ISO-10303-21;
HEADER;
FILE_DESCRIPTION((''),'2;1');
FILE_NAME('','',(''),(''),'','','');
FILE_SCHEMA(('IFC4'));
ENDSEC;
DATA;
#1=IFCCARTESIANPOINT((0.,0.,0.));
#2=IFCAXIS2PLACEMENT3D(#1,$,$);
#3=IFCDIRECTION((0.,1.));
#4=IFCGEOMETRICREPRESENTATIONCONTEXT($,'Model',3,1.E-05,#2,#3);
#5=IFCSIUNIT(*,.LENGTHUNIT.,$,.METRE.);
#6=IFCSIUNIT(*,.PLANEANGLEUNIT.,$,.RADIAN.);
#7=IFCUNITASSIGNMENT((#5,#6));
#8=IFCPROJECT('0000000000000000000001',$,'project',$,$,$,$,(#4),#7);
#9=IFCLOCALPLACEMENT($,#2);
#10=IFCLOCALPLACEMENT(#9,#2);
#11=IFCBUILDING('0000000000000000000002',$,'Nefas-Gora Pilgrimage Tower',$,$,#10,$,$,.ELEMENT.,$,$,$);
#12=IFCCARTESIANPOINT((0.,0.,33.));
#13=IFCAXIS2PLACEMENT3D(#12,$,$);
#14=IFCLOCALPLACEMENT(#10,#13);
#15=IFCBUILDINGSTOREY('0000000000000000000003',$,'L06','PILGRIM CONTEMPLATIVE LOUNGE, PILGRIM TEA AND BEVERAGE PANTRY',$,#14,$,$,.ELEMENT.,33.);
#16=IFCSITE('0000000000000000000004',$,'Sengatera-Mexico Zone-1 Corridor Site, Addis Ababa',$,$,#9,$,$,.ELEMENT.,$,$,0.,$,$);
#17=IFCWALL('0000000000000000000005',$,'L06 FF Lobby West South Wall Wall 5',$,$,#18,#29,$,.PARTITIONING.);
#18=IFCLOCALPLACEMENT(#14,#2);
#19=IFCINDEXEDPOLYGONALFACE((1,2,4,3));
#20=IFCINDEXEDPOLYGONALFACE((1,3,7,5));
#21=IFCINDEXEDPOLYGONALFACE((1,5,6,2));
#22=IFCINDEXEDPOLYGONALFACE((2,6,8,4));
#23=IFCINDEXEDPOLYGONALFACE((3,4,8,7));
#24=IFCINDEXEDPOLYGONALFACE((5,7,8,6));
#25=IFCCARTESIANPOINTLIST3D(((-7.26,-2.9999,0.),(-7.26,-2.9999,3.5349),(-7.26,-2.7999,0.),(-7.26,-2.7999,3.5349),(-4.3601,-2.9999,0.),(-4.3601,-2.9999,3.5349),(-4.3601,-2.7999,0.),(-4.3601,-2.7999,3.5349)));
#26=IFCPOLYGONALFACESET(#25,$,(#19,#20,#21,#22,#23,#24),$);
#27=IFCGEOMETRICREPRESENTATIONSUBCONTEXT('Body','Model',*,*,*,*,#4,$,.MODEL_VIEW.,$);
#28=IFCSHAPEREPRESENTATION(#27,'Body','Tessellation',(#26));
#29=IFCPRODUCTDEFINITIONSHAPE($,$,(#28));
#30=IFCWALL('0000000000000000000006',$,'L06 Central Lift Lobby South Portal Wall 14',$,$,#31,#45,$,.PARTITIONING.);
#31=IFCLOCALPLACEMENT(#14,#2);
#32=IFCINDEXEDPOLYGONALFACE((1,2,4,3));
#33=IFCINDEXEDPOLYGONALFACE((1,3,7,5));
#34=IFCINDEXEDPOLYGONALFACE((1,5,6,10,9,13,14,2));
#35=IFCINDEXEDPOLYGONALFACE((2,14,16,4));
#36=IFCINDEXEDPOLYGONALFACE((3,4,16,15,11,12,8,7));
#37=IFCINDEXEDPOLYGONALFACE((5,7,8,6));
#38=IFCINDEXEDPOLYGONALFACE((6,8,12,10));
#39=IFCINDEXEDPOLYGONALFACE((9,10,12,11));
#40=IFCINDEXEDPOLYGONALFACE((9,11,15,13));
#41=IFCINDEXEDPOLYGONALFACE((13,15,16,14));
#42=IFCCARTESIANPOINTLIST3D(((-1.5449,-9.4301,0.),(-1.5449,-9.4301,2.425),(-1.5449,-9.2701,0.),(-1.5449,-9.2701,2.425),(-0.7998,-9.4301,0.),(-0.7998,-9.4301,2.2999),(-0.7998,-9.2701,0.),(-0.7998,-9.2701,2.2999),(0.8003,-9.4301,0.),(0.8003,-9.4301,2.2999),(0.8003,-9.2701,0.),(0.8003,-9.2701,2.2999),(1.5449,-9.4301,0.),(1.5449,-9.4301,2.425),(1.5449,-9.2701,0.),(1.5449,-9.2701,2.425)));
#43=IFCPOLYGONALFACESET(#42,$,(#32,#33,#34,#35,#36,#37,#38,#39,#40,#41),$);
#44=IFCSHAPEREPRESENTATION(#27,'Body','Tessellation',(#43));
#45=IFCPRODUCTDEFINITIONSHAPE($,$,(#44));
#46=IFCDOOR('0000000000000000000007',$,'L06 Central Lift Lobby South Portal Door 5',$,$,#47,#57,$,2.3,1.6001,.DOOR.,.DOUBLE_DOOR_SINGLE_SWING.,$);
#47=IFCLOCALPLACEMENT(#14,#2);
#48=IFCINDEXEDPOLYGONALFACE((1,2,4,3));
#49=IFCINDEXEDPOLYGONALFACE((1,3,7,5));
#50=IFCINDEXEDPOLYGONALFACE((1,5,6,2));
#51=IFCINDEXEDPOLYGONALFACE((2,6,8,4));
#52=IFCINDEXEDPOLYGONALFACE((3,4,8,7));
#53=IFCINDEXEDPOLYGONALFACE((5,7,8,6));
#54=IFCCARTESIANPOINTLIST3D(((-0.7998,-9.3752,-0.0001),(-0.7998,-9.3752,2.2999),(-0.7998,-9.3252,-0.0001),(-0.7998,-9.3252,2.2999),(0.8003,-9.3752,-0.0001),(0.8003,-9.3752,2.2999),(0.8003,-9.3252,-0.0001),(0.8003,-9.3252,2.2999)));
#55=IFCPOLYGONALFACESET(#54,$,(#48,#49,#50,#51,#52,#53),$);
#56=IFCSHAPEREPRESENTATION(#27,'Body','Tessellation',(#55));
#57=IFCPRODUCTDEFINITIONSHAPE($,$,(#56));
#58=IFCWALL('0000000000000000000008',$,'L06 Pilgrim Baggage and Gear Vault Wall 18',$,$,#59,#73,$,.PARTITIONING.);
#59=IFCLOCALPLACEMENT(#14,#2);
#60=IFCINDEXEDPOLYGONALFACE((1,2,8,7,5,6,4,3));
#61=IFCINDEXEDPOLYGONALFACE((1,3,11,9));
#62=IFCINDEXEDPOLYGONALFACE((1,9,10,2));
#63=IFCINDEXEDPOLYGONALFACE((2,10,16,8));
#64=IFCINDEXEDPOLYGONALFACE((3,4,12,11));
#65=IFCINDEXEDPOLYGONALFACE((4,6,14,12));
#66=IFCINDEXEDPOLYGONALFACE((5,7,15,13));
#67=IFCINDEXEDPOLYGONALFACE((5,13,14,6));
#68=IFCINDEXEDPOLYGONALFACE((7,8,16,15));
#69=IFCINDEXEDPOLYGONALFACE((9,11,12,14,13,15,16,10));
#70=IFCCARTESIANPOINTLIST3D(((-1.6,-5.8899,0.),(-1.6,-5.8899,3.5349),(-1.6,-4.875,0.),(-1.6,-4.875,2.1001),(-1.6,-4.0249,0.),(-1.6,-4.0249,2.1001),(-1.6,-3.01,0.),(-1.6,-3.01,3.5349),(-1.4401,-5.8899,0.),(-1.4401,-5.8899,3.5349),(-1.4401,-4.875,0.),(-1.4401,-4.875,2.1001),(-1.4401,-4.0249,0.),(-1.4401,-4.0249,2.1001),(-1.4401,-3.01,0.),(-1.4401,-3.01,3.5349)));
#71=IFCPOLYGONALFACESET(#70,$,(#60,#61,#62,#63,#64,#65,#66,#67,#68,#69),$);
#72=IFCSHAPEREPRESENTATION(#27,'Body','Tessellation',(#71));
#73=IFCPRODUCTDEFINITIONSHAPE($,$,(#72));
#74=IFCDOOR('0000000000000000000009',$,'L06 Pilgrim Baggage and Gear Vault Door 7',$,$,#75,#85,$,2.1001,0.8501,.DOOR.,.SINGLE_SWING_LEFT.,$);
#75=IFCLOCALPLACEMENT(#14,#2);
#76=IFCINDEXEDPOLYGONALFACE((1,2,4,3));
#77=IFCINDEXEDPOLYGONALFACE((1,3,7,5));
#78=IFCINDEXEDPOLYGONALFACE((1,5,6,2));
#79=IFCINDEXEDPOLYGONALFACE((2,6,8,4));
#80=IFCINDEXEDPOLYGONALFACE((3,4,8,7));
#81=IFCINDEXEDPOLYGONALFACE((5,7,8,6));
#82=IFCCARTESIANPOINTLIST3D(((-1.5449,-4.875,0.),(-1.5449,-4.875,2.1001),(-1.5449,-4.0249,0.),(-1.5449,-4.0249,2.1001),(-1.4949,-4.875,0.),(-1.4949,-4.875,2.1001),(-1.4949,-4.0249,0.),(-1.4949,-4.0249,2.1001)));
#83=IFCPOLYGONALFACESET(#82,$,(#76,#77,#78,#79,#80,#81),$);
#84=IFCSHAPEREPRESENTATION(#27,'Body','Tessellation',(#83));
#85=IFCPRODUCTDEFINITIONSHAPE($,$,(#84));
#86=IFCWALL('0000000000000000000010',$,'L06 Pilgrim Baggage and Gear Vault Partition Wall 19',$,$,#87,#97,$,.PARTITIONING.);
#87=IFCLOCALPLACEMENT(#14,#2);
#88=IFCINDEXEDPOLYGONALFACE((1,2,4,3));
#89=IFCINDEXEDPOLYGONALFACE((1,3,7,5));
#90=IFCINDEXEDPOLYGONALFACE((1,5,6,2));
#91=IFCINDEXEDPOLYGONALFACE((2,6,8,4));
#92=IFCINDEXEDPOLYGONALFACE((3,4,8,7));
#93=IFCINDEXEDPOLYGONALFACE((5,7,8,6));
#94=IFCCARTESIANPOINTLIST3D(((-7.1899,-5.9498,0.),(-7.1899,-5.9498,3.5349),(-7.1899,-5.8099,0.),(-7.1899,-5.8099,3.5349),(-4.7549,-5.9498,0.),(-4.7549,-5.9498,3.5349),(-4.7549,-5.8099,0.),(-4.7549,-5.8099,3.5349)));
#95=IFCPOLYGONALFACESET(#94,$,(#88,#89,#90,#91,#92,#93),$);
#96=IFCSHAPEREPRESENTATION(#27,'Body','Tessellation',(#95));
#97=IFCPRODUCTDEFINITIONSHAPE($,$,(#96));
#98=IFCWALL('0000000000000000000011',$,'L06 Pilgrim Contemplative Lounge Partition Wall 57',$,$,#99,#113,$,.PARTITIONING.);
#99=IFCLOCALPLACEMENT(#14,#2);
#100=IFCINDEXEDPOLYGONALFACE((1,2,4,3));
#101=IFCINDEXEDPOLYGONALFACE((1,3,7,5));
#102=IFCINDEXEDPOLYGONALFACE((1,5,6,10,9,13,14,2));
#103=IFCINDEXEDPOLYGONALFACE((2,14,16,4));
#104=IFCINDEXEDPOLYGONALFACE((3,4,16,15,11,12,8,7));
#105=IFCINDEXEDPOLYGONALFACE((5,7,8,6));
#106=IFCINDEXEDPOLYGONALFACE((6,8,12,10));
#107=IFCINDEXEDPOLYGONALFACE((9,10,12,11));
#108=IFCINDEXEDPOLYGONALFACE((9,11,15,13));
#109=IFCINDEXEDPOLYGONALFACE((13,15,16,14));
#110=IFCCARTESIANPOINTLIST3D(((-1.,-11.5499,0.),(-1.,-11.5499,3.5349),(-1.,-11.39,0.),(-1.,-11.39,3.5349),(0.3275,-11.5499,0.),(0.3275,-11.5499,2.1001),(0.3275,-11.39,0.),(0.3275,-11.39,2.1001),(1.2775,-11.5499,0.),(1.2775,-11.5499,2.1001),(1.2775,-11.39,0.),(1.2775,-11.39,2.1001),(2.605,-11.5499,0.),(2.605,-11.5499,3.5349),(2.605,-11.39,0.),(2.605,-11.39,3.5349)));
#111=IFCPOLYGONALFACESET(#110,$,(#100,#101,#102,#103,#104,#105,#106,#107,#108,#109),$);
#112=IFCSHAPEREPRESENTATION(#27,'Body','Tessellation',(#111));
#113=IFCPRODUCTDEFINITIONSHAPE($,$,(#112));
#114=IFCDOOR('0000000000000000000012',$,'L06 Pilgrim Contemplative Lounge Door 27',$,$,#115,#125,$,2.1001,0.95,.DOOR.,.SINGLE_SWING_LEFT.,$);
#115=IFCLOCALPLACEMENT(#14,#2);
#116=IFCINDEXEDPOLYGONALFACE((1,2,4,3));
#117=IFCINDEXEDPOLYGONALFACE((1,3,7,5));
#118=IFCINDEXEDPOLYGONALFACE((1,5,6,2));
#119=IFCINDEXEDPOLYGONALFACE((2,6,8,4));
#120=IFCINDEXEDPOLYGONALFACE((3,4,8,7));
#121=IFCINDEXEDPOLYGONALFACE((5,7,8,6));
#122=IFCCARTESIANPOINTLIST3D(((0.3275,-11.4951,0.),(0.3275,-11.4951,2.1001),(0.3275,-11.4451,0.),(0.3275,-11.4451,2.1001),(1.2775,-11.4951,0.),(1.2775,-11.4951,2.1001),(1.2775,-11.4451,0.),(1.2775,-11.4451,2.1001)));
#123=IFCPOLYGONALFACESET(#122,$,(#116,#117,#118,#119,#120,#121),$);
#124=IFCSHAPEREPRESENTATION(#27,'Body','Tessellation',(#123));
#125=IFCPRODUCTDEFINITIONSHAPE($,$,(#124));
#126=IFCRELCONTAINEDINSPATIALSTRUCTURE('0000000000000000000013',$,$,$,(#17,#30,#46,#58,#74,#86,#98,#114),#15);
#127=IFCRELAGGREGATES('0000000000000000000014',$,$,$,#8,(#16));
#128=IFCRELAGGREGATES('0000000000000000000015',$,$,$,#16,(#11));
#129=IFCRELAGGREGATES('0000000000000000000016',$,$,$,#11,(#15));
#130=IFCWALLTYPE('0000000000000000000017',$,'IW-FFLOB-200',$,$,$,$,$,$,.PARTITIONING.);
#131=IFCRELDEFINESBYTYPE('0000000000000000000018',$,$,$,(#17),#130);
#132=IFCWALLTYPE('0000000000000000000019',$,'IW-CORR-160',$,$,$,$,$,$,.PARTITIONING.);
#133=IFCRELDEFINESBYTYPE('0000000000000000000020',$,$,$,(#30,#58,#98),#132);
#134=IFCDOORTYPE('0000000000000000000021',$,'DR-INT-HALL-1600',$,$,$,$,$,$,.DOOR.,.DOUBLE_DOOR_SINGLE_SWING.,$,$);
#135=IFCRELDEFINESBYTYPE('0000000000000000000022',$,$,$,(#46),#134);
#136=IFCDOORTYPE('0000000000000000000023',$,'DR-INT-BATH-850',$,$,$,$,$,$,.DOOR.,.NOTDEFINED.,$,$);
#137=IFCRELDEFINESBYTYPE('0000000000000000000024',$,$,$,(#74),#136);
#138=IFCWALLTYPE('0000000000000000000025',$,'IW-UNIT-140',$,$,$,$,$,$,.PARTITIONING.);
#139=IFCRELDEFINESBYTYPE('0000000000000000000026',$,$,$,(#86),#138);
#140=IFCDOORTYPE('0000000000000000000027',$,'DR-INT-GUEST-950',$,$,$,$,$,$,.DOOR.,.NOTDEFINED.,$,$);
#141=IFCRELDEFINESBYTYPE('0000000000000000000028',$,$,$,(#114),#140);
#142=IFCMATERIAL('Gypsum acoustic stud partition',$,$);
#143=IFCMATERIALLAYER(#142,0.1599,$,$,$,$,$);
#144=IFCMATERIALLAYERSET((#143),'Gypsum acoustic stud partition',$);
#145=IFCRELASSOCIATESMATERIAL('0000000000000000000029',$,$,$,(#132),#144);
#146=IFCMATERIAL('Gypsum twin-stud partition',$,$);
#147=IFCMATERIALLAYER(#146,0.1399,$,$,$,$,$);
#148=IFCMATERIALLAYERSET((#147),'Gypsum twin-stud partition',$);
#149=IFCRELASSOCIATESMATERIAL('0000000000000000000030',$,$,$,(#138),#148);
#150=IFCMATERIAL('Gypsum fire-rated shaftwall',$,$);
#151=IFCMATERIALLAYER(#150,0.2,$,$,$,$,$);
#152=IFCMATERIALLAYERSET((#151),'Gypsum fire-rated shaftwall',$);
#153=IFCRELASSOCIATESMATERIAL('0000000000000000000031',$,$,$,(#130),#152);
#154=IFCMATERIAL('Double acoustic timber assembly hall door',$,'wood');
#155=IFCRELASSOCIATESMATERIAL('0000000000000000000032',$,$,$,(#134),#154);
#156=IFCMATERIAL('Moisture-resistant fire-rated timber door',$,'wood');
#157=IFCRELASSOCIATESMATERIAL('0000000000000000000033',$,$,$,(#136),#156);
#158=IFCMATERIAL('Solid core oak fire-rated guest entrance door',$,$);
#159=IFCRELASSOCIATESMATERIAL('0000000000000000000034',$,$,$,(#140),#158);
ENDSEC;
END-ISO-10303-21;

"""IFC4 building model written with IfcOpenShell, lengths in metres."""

from ifc_helpers import new_model, si_unit, direction, frame, frame_2d, origin, place, context, subcontext, project, spatial, rectangle, extrude, source, transform, mapped, material, layer, layer_set, type_object, element, fill, save


model = new_model("IFC4")

# Units and contexts
model_context = context("Model", 3, precision=1e-05, world=origin(), true_north=direction((0.0, 1.0)))
body_context = subcontext(model_context, "Body", "Model", "MODEL_VIEW")
ifc_project = project(units=[si_unit("LENGTHUNIT", "METRE"), si_unit("PLANEANGLEUNIT", "RADIAN")], contexts=[model_context])

# Site, building, storey
site_placement = place(None, origin())
site = spatial("IfcSite", under=ifc_project, at=site_placement, Name="Sengatera-Mexico Zone-1 Corridor Site, Addis Ababa", CompositionType="ELEMENT", RefElevation=0.0)
building_placement = place(site_placement, origin())
building = spatial("IfcBuilding", under=site, at=building_placement, Name="Nefas-Gora Pilgrimage Tower", CompositionType="ELEMENT")
storey_placement = place(building_placement, frame((0.0, 0.0, 33.0)))
storey = spatial("IfcBuildingStorey", under=building, at=storey_placement, Name="L06", Description="PILGRIM CONTEMPLATIVE LOUNGE, PILGRIM TEA AND BEVERAGE PANTRY", CompositionType="ELEMENT", Elevation=33.0)

# Wall
ifc_material_1 = material(Name="Gypsum acoustic stud partition")
ifc_layer_1 = layer(ifc_material_1, 0.1599)
ifc_layer_set_1 = layer_set([ifc_layer_1], Name="Gypsum acoustic stud partition")
wall_type_1 = type_object("IfcWallType", Name="IW-CORR-160", PredefinedType="PARTITIONING", material=ifc_layer_set_1)
ifc_material_2 = material(Name="Gypsum twin-stud partition")
ifc_layer_2 = layer(ifc_material_2, 0.1399)
ifc_layer_set_2 = layer_set([ifc_layer_2], Name="Gypsum twin-stud partition")
wall_type_2 = type_object("IfcWallType", Name="IW-UNIT-140", PredefinedType="PARTITIONING", material=ifc_layer_set_2)
ifc_material_3 = material(Name="Gypsum fire-rated shaftwall")
ifc_layer_3 = layer(ifc_material_3, 0.2)
ifc_layer_set_3 = layer_set([ifc_layer_3], Name="Gypsum fire-rated shaftwall")
wall_type_3 = type_object("IfcWallType", Name="IW-FFLOB-200", PredefinedType="PARTITIONING", material=ifc_layer_set_3)
shared_shape_1 = source(origin(), body_context, "Body", "SweptSolid", [
    extrude(rectangle(XDim=2.8999, YDim=0.2, at=frame_2d((1.45, 0.0))), origin(), (0.0, 0.0, 1.0), 3.5349),
])
wall_1_placement = place(storey_placement, frame((-7.26, -2.8999, 0.0), z_axis=(0.0, 0.0, 1.0), x_axis=(1.0, 0.0, 0.0)))
element("IfcWall", 1, at=wall_1_placement, inside=storey, type_object=wall_type_3, Name="L06 FF Lobby West South Wall Wall 5", PredefinedType="PARTITIONING", context=body_context, shape_type="MappedRepresentation", body=[
    mapped(shared_shape_1, transform((0.0, 0.0, 0.0), x_axis=(1.0, 0.0, 0.0), y_axis=(0.0, 1.0, 0.0), z_axis=(0.0, 0.0, 1.0), scale=1.0)),
])

# Walls, openings, doors
shared_shape_2 = source(origin(), body_context, "Body", "SweptSolid", [
    extrude(rectangle(XDim=3.0898, YDim=0.1599, at=frame_2d((1.5449, 0.0))), origin(), (0.0, 0.0, 1.0), 2.425),
])
wall_2_placement = place(storey_placement, frame((-1.5449, -9.3501, 0.0), z_axis=(0.0, 0.0, 1.0), x_axis=(1.0, 0.0, 0.0)))
wall_2 = element("IfcWall", 2, at=wall_2_placement, inside=storey, type_object=wall_type_1, Name="L06 Central Lift Lobby South Portal Wall 14", PredefinedType="PARTITIONING", context=body_context, shape_type="MappedRepresentation", body=[
    mapped(shared_shape_2, transform((0.0, 0.0, 0.0), x_axis=(1.0, 0.0, 0.0), y_axis=(0.0, 1.0, 0.0), z_axis=(0.0, 0.0, 1.0), scale=1.0)),
])
opening_1_placement = place(wall_2_placement, frame((0.7451, 0.0, 0.0)))
opening_1 = element("IfcOpeningElement", 3, at=opening_1_placement, cuts=wall_2, PredefinedType="OPENING", context=body_context, shape_type="SweptSolid", body=[
    extrude(rectangle(XDim=1.6001, YDim=2.3, at=frame_2d((0.8, 1.1499))), frame((0.0, 0.0898, 0.0), z_axis=(0.0, -1.0, 0.0), x_axis=(1.0, 0.0, 0.0)), (0.0, 0.0, 1.0), 0.1799),
])
ifc_material_4 = material(Name="Double acoustic timber assembly hall door", Category="wood")
door_type_1 = type_object("IfcDoorType", Name="DR-INT-HALL-1600", OperationType="DOUBLE_DOOR_SINGLE_SWING", PredefinedType="DOOR", material=ifc_material_4)
shared_shape_3 = source(origin(), body_context, "Body", "SweptSolid", [
    extrude(rectangle(XDim=1.6001, YDim=2.3, at=frame_2d((0.8, 1.1499))), frame((0.0, 0.0249, 0.0), z_axis=(0.0, -1.0, 0.0), x_axis=(1.0, 0.0, 0.0)), (0.0, 0.0, 1.0), 0.05),
])
door_1_placement = place(opening_1_placement, origin())
door_1 = element("IfcDoor", 4, at=door_1_placement, inside=storey, type_object=door_type_1, Name="L06 Central Lift Lobby South Portal Door 5", OperationType="DOUBLE_DOOR_SINGLE_SWING", OverallHeight=2.3, OverallWidth=1.6001, PredefinedType="DOOR", context=body_context, shape_type="MappedRepresentation", body=[
    mapped(shared_shape_3, transform((0.0, 0.0, 0.0), x_axis=(1.0, 0.0, 0.0), y_axis=(0.0, 1.0, 0.0), z_axis=(0.0, 0.0, 1.0), scale=1.0)),
])
fill(opening_1, door_1)
shared_shape_4 = source(origin(), body_context, "Body", "SweptSolid", [
    extrude(rectangle(XDim=2.8799, YDim=0.1599, at=frame_2d((1.4399, 0.0))), origin(), (0.0, 0.0, 1.0), 3.5349),
])
wall_3_placement = place(storey_placement, frame((-1.52, -5.8899, 0.0), z_axis=(0.0, 0.0, 1.0), x_axis=(0.0, 1.0, 0.0)))
wall_3 = element("IfcWall", 5, at=wall_3_placement, inside=storey, type_object=wall_type_1, Name="L06 Pilgrim Baggage and Gear Vault Wall 18", PredefinedType="PARTITIONING", context=body_context, shape_type="MappedRepresentation", body=[
    mapped(shared_shape_4, transform((0.0, 0.0, 0.0), x_axis=(1.0, 0.0, 0.0), y_axis=(0.0, 1.0, 0.0), z_axis=(0.0, 0.0, 1.0), scale=1.0)),
])
opening_2_placement = place(wall_3_placement, frame((1.0149, 0.0, 0.0)))
opening_2 = element("IfcOpeningElement", 6, at=opening_2_placement, cuts=wall_3, PredefinedType="OPENING", context=body_context, shape_type="SweptSolid", body=[
    extrude(rectangle(XDim=0.8501, YDim=2.1001, at=frame_2d((0.425, 1.05))), frame((0.0, 0.0898, 0.0), z_axis=(0.0, -1.0, 0.0), x_axis=(1.0, 0.0, 0.0)), (0.0, 0.0, 1.0), 0.1799),
])
ifc_material_5 = material(Name="Moisture-resistant fire-rated timber door", Category="wood")
door_type_2 = type_object("IfcDoorType", Name="DR-INT-BATH-850", OperationType="NOTDEFINED", PredefinedType="DOOR", material=ifc_material_5)
shared_shape_5 = source(origin(), body_context, "Body", "SweptSolid", [
    extrude(rectangle(XDim=0.8501, YDim=2.1001, at=frame_2d((0.425, 1.05))), frame((0.0, 0.0249, 0.0), z_axis=(0.0, -1.0, 0.0), x_axis=(1.0, 0.0, 0.0)), (0.0, 0.0, 1.0), 0.05),
])
door_2_placement = place(opening_2_placement, origin())
door_2 = element("IfcDoor", 7, at=door_2_placement, inside=storey, type_object=door_type_2, Name="L06 Pilgrim Baggage and Gear Vault Door 7", OperationType="SINGLE_SWING_LEFT", OverallHeight=2.1001, OverallWidth=0.8501, PredefinedType="DOOR", context=body_context, shape_type="MappedRepresentation", body=[
    mapped(shared_shape_5, transform((0.0, 0.0, 0.0), x_axis=(1.0, 0.0, 0.0), y_axis=(0.0, 1.0, 0.0), z_axis=(0.0, 0.0, 1.0), scale=1.0)),
])
fill(opening_2, door_2)

# Wall
shared_shape_6 = source(origin(), body_context, "Body", "SweptSolid", [
    extrude(rectangle(XDim=2.4351, YDim=0.1399, at=frame_2d((1.2175, 0.0))), origin(), (0.0, 0.0, 1.0), 3.5349),
])
wall_4_placement = place(storey_placement, frame((-7.1899, -5.8799, 0.0), z_axis=(0.0, 0.0, 1.0), x_axis=(1.0, 0.0, 0.0)))
element("IfcWall", 8, at=wall_4_placement, inside=storey, type_object=wall_type_2, Name="L06 Pilgrim Baggage and Gear Vault Partition Wall 19", PredefinedType="PARTITIONING", context=body_context, shape_type="MappedRepresentation", body=[
    mapped(shared_shape_6, transform((0.0, 0.0, 0.0), x_axis=(1.0, 0.0, 0.0), y_axis=(0.0, 1.0, 0.0), z_axis=(0.0, 0.0, 1.0), scale=1.0)),
])

# Wall, opening, door
shared_shape_7 = source(origin(), body_context, "Body", "SweptSolid", [
    extrude(rectangle(XDim=3.605, YDim=0.1599, at=frame_2d((1.8025, 0.0))), origin(), (0.0, 0.0, 1.0), 3.5349),
])
wall_5_placement = place(storey_placement, frame((-1.0, -11.47, 0.0), z_axis=(0.0, 0.0, 1.0), x_axis=(1.0, 0.0, 0.0)))
wall_5 = element("IfcWall", 9, at=wall_5_placement, inside=storey, type_object=wall_type_1, Name="L06 Pilgrim Contemplative Lounge Partition Wall 57", PredefinedType="PARTITIONING", context=body_context, shape_type="MappedRepresentation", body=[
    mapped(shared_shape_7, transform((0.0, 0.0, 0.0), x_axis=(1.0, 0.0, 0.0), y_axis=(0.0, 1.0, 0.0), z_axis=(0.0, 0.0, 1.0), scale=1.0)),
])
opening_3_placement = place(wall_5_placement, frame((1.3274, 0.0, 0.0)))
opening_3 = element("IfcOpeningElement", 10, at=opening_3_placement, cuts=wall_5, PredefinedType="OPENING", context=body_context, shape_type="SweptSolid", body=[
    extrude(rectangle(XDim=0.95, YDim=2.1001, at=frame_2d((0.4751, 1.05))), frame((0.0, 0.0898, 0.0), z_axis=(0.0, -1.0, 0.0), x_axis=(1.0, 0.0, 0.0)), (0.0, 0.0, 1.0), 0.1799),
])
ifc_material_6 = material(Name="Solid core oak fire-rated guest entrance door")
door_type_3 = type_object("IfcDoorType", Name="DR-INT-GUEST-950", OperationType="NOTDEFINED", PredefinedType="DOOR", material=ifc_material_6)
shared_shape_8 = source(origin(), body_context, "Body", "SweptSolid", [
    extrude(rectangle(XDim=0.95, YDim=2.1001, at=frame_2d((0.4751, 1.05))), frame((0.0, 0.0249, 0.0), z_axis=(0.0, -1.0, 0.0), x_axis=(1.0, 0.0, 0.0)), (0.0, 0.0, 1.0), 0.05),
])
door_3_placement = place(opening_3_placement, origin())
door_3 = element("IfcDoor", 11, at=door_3_placement, inside=storey, type_object=door_type_3, Name="L06 Pilgrim Contemplative Lounge Door 27", OperationType="SINGLE_SWING_LEFT", OverallHeight=2.1001, OverallWidth=0.95, PredefinedType="DOOR", context=body_context, shape_type="MappedRepresentation", body=[
    mapped(shared_shape_8, transform((0.0, 0.0, 0.0), x_axis=(1.0, 0.0, 0.0), y_axis=(0.0, 1.0, 0.0), z_axis=(0.0, 0.0, 1.0), scale=1.0)),
])
fill(opening_3, door_3)

save(model, "model.ifc")
